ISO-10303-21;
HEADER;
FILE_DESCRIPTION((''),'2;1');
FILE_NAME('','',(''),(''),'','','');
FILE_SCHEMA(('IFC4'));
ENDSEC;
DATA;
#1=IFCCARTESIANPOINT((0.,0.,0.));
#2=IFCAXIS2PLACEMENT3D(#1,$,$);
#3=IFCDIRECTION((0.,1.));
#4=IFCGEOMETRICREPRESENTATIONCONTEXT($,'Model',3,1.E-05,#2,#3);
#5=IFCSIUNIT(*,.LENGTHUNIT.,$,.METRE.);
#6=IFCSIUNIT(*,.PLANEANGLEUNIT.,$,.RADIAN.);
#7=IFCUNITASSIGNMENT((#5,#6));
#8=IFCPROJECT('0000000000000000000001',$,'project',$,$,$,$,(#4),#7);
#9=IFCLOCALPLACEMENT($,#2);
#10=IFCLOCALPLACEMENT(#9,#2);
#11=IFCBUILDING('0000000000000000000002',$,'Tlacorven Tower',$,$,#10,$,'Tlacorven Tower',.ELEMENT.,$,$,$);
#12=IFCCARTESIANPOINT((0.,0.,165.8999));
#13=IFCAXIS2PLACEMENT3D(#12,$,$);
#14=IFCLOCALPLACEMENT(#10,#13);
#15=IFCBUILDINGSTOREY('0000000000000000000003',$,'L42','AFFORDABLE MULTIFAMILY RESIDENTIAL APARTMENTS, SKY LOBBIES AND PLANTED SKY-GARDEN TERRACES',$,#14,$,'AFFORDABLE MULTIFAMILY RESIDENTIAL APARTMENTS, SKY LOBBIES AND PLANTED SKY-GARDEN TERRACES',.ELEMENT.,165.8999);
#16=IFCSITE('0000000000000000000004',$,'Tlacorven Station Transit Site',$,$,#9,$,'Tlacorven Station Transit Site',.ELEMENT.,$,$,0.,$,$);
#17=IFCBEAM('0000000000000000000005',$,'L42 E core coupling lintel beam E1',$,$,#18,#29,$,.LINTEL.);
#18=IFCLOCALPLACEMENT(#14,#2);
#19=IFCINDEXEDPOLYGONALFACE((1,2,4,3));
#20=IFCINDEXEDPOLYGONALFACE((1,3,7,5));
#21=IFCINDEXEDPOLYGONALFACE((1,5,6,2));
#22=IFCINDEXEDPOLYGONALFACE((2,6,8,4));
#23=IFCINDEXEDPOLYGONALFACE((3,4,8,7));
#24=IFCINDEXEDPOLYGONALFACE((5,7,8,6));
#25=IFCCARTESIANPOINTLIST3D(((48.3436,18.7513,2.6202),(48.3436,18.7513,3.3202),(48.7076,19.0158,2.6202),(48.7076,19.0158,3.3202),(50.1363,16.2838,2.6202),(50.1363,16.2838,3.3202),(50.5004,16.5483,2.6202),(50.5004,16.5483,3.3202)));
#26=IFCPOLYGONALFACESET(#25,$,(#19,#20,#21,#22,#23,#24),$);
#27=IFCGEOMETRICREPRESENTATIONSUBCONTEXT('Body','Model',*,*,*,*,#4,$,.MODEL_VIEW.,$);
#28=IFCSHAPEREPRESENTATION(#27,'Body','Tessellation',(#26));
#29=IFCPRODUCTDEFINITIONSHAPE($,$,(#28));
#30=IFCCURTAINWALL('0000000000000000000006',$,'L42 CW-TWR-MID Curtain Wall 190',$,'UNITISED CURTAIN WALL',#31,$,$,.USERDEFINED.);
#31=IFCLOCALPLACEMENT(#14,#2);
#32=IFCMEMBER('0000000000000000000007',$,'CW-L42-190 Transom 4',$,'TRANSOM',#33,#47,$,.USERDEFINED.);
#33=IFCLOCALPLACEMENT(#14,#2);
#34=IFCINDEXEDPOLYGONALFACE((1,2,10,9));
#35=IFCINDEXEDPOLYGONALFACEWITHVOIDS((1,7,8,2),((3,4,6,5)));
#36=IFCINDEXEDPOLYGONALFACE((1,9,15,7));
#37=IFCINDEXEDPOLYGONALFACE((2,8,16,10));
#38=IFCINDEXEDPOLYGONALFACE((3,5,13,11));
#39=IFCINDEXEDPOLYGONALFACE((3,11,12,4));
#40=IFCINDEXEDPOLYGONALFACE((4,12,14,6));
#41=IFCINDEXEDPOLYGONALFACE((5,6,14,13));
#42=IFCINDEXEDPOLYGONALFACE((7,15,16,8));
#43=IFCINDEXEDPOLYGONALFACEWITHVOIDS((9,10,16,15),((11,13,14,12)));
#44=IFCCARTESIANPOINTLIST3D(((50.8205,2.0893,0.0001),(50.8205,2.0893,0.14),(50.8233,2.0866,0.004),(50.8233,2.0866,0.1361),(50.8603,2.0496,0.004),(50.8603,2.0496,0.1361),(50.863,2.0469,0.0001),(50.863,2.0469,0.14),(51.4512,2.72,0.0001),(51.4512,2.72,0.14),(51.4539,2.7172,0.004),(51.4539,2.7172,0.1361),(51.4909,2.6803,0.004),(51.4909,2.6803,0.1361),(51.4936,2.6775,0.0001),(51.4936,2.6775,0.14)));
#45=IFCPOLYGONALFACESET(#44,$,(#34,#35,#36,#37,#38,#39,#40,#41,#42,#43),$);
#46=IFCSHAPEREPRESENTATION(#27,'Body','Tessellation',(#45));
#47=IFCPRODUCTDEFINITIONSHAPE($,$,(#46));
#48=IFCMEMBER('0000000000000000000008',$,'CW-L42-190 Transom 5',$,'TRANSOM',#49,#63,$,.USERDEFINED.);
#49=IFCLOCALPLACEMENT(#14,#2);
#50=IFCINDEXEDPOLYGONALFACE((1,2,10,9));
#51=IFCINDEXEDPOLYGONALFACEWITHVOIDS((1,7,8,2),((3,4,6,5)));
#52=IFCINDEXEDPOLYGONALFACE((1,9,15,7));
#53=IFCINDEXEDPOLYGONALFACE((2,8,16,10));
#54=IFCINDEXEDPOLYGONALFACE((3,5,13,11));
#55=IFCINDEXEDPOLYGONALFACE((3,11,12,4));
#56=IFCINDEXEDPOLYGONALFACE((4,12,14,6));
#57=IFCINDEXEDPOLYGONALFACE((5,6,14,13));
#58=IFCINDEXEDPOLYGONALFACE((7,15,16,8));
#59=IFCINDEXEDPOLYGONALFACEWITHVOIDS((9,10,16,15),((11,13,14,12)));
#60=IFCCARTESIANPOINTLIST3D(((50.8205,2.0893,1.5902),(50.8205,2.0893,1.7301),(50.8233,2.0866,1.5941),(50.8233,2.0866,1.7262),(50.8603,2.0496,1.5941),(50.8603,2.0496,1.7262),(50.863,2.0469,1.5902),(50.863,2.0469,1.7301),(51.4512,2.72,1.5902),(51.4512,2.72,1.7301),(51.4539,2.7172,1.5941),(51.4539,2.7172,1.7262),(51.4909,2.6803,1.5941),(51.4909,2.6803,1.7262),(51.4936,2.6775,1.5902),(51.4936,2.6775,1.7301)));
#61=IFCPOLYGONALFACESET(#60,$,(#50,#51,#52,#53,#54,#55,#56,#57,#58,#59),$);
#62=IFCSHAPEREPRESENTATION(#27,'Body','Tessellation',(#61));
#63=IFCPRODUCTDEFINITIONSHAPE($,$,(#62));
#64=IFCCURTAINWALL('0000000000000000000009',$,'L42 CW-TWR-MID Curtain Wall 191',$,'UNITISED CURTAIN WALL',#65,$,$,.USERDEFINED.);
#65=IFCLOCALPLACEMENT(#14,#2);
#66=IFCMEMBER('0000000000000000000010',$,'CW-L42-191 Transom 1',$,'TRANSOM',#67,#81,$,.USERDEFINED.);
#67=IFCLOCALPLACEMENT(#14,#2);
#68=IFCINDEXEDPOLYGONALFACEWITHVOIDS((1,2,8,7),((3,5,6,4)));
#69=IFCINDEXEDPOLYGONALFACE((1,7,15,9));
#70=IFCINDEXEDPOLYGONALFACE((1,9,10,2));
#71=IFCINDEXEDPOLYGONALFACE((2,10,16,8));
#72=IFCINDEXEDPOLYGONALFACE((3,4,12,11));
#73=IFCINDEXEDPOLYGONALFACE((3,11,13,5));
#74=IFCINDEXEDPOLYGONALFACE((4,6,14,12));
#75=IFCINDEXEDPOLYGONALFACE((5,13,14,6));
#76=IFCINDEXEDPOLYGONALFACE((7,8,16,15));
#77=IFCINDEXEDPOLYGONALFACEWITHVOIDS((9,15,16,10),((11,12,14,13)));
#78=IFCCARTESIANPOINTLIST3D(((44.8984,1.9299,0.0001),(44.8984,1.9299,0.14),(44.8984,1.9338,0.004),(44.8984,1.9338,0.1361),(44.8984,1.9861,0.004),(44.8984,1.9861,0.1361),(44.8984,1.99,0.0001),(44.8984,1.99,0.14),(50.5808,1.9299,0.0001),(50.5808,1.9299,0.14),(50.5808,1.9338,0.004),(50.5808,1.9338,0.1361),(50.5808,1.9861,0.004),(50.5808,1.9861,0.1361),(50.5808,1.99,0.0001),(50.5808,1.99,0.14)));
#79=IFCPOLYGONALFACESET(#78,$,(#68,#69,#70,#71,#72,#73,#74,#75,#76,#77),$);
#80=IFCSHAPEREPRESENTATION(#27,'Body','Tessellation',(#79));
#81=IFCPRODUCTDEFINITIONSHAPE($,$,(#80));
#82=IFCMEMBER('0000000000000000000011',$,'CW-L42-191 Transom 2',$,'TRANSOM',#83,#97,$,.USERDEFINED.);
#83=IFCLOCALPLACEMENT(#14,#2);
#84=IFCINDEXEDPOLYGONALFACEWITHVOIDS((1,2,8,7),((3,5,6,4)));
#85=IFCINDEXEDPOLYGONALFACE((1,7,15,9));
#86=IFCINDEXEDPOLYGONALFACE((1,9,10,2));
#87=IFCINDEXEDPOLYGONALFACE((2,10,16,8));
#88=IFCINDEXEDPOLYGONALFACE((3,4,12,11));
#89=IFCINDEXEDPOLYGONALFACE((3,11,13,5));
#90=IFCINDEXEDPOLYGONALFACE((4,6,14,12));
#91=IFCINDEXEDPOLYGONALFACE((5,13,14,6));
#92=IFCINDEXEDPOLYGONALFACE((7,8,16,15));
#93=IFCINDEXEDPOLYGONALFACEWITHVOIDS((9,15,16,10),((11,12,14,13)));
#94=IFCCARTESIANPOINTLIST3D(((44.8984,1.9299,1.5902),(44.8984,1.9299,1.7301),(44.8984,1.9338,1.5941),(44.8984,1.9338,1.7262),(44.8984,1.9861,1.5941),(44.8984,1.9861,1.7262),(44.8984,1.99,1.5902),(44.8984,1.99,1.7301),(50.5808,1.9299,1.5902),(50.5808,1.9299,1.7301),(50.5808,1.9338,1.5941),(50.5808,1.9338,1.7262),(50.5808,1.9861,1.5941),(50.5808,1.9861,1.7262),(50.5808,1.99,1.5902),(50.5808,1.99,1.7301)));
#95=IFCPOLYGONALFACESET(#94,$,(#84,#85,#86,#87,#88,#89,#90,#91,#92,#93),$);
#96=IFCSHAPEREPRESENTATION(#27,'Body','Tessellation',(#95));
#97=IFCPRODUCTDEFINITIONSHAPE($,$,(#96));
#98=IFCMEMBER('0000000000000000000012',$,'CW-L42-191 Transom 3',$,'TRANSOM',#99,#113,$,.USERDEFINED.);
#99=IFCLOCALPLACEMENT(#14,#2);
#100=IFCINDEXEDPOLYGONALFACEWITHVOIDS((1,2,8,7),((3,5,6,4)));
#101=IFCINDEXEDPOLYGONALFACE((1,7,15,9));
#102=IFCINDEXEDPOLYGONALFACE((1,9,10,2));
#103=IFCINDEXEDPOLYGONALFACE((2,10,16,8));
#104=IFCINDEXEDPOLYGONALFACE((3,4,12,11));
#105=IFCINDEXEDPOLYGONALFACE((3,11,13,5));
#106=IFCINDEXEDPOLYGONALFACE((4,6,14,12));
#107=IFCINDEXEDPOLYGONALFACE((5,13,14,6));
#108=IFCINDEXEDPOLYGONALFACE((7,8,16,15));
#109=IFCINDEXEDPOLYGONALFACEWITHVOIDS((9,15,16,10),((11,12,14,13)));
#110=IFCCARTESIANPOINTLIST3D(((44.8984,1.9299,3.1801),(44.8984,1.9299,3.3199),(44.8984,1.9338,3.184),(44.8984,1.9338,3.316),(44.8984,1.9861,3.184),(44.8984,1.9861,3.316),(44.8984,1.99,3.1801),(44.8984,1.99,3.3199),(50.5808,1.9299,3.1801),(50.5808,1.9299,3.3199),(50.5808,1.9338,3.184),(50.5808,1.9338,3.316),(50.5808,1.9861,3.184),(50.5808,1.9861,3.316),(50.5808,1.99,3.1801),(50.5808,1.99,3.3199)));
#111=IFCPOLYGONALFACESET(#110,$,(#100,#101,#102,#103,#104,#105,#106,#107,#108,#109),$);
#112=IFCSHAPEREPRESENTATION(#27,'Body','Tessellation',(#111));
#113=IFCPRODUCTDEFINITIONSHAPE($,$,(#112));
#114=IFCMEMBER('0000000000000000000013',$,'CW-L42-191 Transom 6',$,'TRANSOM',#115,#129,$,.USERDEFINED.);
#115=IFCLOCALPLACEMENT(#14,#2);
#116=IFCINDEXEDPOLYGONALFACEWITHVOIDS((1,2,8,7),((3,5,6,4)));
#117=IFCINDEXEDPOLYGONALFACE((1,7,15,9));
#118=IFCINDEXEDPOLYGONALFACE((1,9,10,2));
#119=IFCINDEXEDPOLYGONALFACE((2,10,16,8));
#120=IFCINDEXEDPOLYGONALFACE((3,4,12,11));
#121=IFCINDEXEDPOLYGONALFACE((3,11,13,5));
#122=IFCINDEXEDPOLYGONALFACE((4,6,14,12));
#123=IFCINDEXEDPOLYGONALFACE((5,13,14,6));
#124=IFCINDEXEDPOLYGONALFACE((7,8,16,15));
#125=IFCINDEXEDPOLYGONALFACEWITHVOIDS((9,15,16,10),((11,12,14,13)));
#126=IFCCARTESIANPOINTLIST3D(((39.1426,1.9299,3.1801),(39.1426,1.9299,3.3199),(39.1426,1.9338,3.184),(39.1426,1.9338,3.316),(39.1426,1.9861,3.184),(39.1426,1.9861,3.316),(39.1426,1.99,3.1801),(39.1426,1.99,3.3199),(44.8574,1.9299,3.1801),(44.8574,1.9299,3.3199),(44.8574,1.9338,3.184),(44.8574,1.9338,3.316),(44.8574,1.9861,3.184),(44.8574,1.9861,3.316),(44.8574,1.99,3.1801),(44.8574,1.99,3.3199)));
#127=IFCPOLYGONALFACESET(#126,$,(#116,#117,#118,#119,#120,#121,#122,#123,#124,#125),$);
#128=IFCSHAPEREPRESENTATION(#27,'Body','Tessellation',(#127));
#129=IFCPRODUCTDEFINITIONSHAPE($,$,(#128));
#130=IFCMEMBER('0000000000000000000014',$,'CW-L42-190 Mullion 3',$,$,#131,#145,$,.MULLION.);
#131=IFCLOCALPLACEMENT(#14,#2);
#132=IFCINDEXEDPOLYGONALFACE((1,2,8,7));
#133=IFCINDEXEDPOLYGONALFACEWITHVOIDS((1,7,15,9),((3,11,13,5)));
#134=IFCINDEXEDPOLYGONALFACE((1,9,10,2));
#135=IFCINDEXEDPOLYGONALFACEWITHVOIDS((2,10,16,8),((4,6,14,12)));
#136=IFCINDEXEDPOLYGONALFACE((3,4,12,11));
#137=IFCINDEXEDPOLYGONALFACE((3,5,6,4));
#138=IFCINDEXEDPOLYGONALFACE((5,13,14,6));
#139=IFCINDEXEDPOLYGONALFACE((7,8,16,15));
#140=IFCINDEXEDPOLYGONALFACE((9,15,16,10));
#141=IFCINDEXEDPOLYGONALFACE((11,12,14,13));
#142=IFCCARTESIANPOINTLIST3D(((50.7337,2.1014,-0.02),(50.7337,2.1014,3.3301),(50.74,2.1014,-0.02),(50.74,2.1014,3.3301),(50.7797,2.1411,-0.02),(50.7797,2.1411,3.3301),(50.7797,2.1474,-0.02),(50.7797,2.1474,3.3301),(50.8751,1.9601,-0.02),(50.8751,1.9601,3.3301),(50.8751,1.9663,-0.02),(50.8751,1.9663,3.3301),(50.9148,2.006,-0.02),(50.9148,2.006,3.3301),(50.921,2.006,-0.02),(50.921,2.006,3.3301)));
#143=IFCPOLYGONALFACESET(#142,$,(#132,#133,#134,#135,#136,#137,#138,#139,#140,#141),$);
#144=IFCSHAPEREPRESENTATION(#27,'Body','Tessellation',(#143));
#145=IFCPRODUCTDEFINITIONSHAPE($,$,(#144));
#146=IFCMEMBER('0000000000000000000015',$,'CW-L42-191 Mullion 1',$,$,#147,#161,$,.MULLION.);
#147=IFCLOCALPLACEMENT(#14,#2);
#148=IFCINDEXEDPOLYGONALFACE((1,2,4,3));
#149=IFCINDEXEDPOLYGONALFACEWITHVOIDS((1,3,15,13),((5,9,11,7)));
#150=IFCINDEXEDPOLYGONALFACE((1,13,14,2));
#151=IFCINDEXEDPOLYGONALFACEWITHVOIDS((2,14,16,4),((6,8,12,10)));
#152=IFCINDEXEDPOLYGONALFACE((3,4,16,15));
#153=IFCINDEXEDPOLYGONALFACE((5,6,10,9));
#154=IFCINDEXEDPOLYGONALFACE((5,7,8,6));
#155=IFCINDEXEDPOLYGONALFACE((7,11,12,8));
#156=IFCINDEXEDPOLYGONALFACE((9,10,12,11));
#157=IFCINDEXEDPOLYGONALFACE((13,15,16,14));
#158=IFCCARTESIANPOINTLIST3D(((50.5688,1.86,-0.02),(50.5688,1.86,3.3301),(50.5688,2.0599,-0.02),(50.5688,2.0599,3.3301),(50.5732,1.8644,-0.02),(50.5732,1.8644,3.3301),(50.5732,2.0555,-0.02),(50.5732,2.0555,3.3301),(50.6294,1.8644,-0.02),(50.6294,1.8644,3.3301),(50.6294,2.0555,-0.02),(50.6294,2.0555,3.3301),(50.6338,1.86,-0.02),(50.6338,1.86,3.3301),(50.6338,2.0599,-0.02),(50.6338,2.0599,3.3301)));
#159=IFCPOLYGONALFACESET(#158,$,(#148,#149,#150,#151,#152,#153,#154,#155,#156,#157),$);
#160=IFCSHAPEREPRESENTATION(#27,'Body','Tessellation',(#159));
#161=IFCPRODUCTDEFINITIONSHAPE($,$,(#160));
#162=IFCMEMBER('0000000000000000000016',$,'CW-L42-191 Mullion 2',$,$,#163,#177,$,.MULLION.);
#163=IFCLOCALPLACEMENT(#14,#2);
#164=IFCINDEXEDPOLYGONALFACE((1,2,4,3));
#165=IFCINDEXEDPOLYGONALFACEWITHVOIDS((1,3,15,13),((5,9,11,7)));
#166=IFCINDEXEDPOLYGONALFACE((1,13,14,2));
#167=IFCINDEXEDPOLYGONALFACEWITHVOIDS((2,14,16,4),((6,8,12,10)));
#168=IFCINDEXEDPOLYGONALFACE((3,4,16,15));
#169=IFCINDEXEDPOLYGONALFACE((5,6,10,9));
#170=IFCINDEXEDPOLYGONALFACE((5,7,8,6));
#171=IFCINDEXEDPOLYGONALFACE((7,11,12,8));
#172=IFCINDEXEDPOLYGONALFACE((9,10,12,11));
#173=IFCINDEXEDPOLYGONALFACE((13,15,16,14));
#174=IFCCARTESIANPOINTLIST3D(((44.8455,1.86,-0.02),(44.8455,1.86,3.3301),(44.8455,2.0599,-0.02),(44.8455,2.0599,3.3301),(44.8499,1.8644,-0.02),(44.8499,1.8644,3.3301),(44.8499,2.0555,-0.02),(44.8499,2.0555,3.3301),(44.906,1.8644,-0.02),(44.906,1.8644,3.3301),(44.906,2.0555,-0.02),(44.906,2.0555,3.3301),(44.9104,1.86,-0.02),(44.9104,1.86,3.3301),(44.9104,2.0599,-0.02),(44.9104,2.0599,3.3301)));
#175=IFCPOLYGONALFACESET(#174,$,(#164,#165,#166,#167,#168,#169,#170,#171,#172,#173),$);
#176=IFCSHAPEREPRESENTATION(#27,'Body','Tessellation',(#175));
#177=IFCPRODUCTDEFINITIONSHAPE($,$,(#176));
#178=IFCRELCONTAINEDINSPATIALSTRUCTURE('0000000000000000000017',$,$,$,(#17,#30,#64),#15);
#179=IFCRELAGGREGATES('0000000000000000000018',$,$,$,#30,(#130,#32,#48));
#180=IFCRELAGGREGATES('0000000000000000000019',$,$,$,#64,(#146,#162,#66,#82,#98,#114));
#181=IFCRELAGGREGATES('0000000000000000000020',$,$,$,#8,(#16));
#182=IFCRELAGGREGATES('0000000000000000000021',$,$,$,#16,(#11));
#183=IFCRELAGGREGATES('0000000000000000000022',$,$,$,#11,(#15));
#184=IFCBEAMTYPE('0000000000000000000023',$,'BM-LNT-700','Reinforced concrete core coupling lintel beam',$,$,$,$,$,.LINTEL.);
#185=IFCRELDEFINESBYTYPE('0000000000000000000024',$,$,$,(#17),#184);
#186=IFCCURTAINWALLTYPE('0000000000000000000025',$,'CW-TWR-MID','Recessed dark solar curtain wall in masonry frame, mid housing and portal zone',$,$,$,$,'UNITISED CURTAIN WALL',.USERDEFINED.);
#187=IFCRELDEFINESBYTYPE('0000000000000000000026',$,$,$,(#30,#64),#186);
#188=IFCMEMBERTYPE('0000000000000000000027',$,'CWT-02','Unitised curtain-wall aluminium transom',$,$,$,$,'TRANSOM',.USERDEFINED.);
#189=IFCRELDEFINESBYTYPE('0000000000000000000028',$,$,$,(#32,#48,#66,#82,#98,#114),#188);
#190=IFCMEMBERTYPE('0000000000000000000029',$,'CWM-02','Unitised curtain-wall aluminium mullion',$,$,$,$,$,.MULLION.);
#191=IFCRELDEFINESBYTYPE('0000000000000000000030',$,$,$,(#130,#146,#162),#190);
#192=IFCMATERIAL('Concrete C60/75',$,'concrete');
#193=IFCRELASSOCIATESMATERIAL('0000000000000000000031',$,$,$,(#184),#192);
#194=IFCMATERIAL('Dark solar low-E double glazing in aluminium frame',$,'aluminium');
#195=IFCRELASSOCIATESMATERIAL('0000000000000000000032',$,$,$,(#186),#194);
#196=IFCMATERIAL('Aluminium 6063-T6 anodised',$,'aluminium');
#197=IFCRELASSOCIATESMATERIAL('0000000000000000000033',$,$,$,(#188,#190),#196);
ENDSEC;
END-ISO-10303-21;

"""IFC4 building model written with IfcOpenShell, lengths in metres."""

from ifc_helpers import new_model, si_unit, direction, frame, origin, origin_2d, place, context, subcontext, project, spatial, rectangle, hollow_rectangle, extrude, source, transform, mapped, material, material_profile, profile_set, type_object, element, aggregate, save


model = new_model("IFC4")

# Units and contexts
model_context = context("Model", 3, precision=1e-05, world=origin(), true_north=direction((0.0, 1.0)))
body_context = subcontext(model_context, "Body", "Model", "MODEL_VIEW")
ifc_project = project(units=[si_unit("LENGTHUNIT", "METRE"), si_unit("PLANEANGLEUNIT", "RADIAN")], contexts=[model_context])

# Site, building, storey
site_placement = place(None, origin())
site = spatial("IfcSite", under=ifc_project, at=site_placement, Name="Tlacorven Station Transit Site", LongName="Tlacorven Station Transit Site", CompositionType="ELEMENT", RefElevation=0.0)
building_placement = place(site_placement, origin())
building = spatial("IfcBuilding", under=site, at=building_placement, Name="Tlacorven Tower", LongName="Tlacorven Tower", CompositionType="ELEMENT")
storey_placement = place(building_placement, frame((0.0, 0.0, 165.8999)))
storey = spatial("IfcBuildingStorey", under=building, at=storey_placement, Name="L42", Description="AFFORDABLE MULTIFAMILY RESIDENTIAL APARTMENTS, SKY LOBBIES AND PLANTED SKY-GARDEN TERRACES", LongName="AFFORDABLE MULTIFAMILY RESIDENTIAL APARTMENTS, SKY LOBBIES AND PLANTED SKY-GARDEN TERRACES", CompositionType="ELEMENT", Elevation=165.8999)

# Beam
ifc_material_1 = material(Name="Concrete C60/75", Category="concrete")
ifc_material_profile_1 = material_profile(ifc_material_1, rectangle(XDim=0.45, YDim=0.7, at=origin_2d()), Name="RC 450X700")
ifc_profile_set_1 = profile_set([ifc_material_profile_1], Name="Concrete C60/75")
beam_type = type_object("IfcBeamType", Name="BM-LNT-700", Description="Reinforced concrete core coupling lintel beam", PredefinedType="LINTEL", material=ifc_profile_set_1)
shared_shape_1 = source(origin(), body_context, "Body", "SweptSolid", [
    extrude(rectangle(XDim=0.45, YDim=0.7, at=origin_2d()), origin(), (0.0, 0.0, 1.0), 3.05),
])
beam_placement = place(storey_placement, frame((50.3184, 16.416, 2.9702), z_axis=(-0.587777, 0.809023, 0.0), x_axis=(-0.809023, -0.587777, 0.0)))
element("IfcBeam", 1, at=beam_placement, inside=storey, type_object=beam_type, Name="L42 E core coupling lintel beam E1", PredefinedType="LINTEL", context=body_context, shape_type="MappedRepresentation", body=[
    mapped(shared_shape_1, transform((0.0, 0.0, 0.0), scale=1.0)),
])

# Curtain walls, members
ifc_material_2 = material(Name="Dark solar low-E double glazing in aluminium frame", Category="aluminium")
curtain_wall_type = type_object("IfcCurtainWallType", Name="CW-TWR-MID", Description="Recessed dark solar curtain wall in masonry frame, mid housing and portal zone", ElementType="UNITISED CURTAIN WALL", PredefinedType="USERDEFINED", material=ifc_material_2)
curtain_wall_1_placement = place(storey_placement, origin())
curtain_wall_1 = element("IfcCurtainWall", 2, at=curtain_wall_1_placement, inside=storey, type_object=curtain_wall_type, Name="L42 CW-TWR-MID Curtain Wall 190", ObjectType="UNITISED CURTAIN WALL", PredefinedType="USERDEFINED")
ifc_material_3 = material(Name="Aluminium 6063-T6 anodised", Category="aluminium")
ifc_material_profile_2 = material_profile(ifc_material_3, hollow_rectangle(XDim=0.0601, YDim=0.1399, WallThickness=0.0039, at=origin_2d()), Name="ALU TRANSOM 60X140")
ifc_profile_set_2 = profile_set([ifc_material_profile_2], Name="Aluminium 6063-T6 anodised")
member_type_1 = type_object("IfcMemberType", Name="CWT-02", Description="Unitised curtain-wall aluminium transom", ElementType="TRANSOM", PredefinedType="USERDEFINED", material=ifc_profile_set_2)
shared_shape_2 = source(origin(), body_context, "Body", "SweptSolid", [
    extrude(hollow_rectangle(XDim=0.0601, YDim=0.1399, WallThickness=0.0039, at=origin_2d()), origin(), (0.0, 0.0, 1.0), 0.8918),
])
member_1_placement = place(storey_placement, frame((51.4724, 2.6987, 0.0701), z_axis=(-0.707107, -0.707107, 0.0), x_axis=(0.707107, -0.707107, 0.0)))
member_1 = element("IfcMember", 3, at=member_1_placement, type_object=member_type_1, Name="CW-L42-190 Transom 4", ObjectType="TRANSOM", PredefinedType="USERDEFINED", context=body_context, shape_type="MappedRepresentation", body=[
    mapped(shared_shape_2, transform((0.0, 0.0, 0.0), scale=1.0)),
])
member_2_placement = place(storey_placement, frame((51.4724, 2.6987, 1.6602), z_axis=(-0.707107, -0.707107, 0.0), x_axis=(0.707107, -0.707107, 0.0)))
member_2 = element("IfcMember", 4, at=member_2_placement, type_object=member_type_1, Name="CW-L42-190 Transom 5", ObjectType="TRANSOM", PredefinedType="USERDEFINED", context=body_context, shape_type="MappedRepresentation", body=[
    mapped(shared_shape_2, transform((0.0, 0.0, 0.0), scale=1.0)),
])
curtain_wall_2_placement = place(storey_placement, origin())
curtain_wall_2 = element("IfcCurtainWall", 5, at=curtain_wall_2_placement, inside=storey, type_object=curtain_wall_type, Name="L42 CW-TWR-MID Curtain Wall 191", ObjectType="UNITISED CURTAIN WALL", PredefinedType="USERDEFINED")
shared_shape_3 = source(origin(), body_context, "Body", "SweptSolid", [
    extrude(hollow_rectangle(XDim=0.0601, YDim=0.1399, WallThickness=0.0039, at=origin_2d()), origin(), (0.0, 0.0, 1.0), 5.6824),
])
member_3_placement = place(storey_placement, frame((50.5808, 1.96, 0.0701), z_axis=(-1.0, 0.0, 0.0), x_axis=(0.0, -1.0, 0.0)))
member_3 = element("IfcMember", 6, at=member_3_placement, type_object=member_type_1, Name="CW-L42-191 Transom 1", ObjectType="TRANSOM", PredefinedType="USERDEFINED", context=body_context, shape_type="MappedRepresentation", body=[
    mapped(shared_shape_3, transform((0.0, 0.0, 0.0), scale=1.0)),
])
member_4_placement = place(storey_placement, frame((50.5808, 1.96, 1.6602), z_axis=(-1.0, 0.0, 0.0), x_axis=(0.0, -1.0, 0.0)))
member_4 = element("IfcMember", 7, at=member_4_placement, type_object=member_type_1, Name="CW-L42-191 Transom 2", ObjectType="TRANSOM", PredefinedType="USERDEFINED", context=body_context, shape_type="MappedRepresentation", body=[
    mapped(shared_shape_3, transform((0.0, 0.0, 0.0), scale=1.0)),
])
member_5_placement = place(storey_placement, frame((50.5808, 1.96, 3.25), z_axis=(-1.0, 0.0, 0.0), x_axis=(0.0, -1.0, 0.0)))
member_5 = element("IfcMember", 8, at=member_5_placement, type_object=member_type_1, Name="CW-L42-191 Transom 3", ObjectType="TRANSOM", PredefinedType="USERDEFINED", context=body_context, shape_type="MappedRepresentation", body=[
    mapped(shared_shape_3, transform((0.0, 0.0, 0.0), scale=1.0)),
])
shared_shape_4 = source(origin(), body_context, "Body", "SweptSolid", [
    extrude(hollow_rectangle(XDim=0.0601, YDim=0.1399, WallThickness=0.0039, at=origin_2d()), origin(), (0.0, 0.0, 1.0), 5.7148),
])
member_6_placement = place(storey_placement, frame((44.8574, 1.96, 3.25), z_axis=(-1.0, 0.0, 0.0), x_axis=(0.0, -1.0, 0.0)))
member_6 = element("IfcMember", 9, at=member_6_placement, type_object=member_type_1, Name="CW-L42-191 Transom 6", ObjectType="TRANSOM", PredefinedType="USERDEFINED", context=body_context, shape_type="MappedRepresentation", body=[
    mapped(shared_shape_4, transform((0.0, 0.0, 0.0), scale=1.0)),
])

# Members
ifc_material_profile_3 = material_profile(ifc_material_3, hollow_rectangle(XDim=0.0649, YDim=0.2, WallThickness=0.0044, at=origin_2d()), Name="ALU MULLION 65X200")
ifc_profile_set_3 = profile_set([ifc_material_profile_3], Name="Aluminium 6063-T6 anodised")
member_type_2 = type_object("IfcMemberType", Name="CWM-02", Description="Unitised curtain-wall aluminium mullion", PredefinedType="MULLION", material=ifc_profile_set_3)
shared_shape_5 = source(origin(), body_context, "Body", "SweptSolid", [
    extrude(hollow_rectangle(XDim=0.0649, YDim=0.2, WallThickness=0.0044, at=origin_2d()), origin(), (0.0, 0.0, 1.0), 3.3501),
])
member_7_placement = place(storey_placement, frame((50.8274, 2.0537, -0.02), z_axis=(0.0, 0.0, 1.0), x_axis=(-0.707107, -0.707107, 0.0)))
member_7 = element("IfcMember", 10, at=member_7_placement, type_object=member_type_2, Name="CW-L42-190 Mullion 3", PredefinedType="MULLION", context=body_context, shape_type="MappedRepresentation", body=[
    mapped(shared_shape_5, transform((0.0, 0.0, 0.0), scale=1.0)),
])
member_8_placement = place(storey_placement, frame((50.6013, 1.96, -0.02), z_axis=(0.0, 0.0, 1.0), x_axis=(-1.0, 0.0, 0.0)))
member_8 = element("IfcMember", 11, at=member_8_placement, type_object=member_type_2, Name="CW-L42-191 Mullion 1", PredefinedType="MULLION", context=body_context, shape_type="MappedRepresentation", body=[
    mapped(shared_shape_5, transform((0.0, 0.0, 0.0), scale=1.0)),
])
member_9_placement = place(storey_placement, frame((44.8779, 1.96, -0.02), z_axis=(0.0, 0.0, 1.0), x_axis=(-1.0, 0.0, 0.0)))
member_9 = element("IfcMember", 12, at=member_9_placement, type_object=member_type_2, Name="CW-L42-191 Mullion 2", PredefinedType="MULLION", context=body_context, shape_type="MappedRepresentation", body=[
    mapped(shared_shape_5, transform((0.0, 0.0, 0.0), scale=1.0)),
])

aggregate(curtain_wall_1, [member_7, member_1, member_2])
aggregate(curtain_wall_2, [member_8, member_9, member_3, member_4, member_5, member_6])

save(model, "model.ifc")
